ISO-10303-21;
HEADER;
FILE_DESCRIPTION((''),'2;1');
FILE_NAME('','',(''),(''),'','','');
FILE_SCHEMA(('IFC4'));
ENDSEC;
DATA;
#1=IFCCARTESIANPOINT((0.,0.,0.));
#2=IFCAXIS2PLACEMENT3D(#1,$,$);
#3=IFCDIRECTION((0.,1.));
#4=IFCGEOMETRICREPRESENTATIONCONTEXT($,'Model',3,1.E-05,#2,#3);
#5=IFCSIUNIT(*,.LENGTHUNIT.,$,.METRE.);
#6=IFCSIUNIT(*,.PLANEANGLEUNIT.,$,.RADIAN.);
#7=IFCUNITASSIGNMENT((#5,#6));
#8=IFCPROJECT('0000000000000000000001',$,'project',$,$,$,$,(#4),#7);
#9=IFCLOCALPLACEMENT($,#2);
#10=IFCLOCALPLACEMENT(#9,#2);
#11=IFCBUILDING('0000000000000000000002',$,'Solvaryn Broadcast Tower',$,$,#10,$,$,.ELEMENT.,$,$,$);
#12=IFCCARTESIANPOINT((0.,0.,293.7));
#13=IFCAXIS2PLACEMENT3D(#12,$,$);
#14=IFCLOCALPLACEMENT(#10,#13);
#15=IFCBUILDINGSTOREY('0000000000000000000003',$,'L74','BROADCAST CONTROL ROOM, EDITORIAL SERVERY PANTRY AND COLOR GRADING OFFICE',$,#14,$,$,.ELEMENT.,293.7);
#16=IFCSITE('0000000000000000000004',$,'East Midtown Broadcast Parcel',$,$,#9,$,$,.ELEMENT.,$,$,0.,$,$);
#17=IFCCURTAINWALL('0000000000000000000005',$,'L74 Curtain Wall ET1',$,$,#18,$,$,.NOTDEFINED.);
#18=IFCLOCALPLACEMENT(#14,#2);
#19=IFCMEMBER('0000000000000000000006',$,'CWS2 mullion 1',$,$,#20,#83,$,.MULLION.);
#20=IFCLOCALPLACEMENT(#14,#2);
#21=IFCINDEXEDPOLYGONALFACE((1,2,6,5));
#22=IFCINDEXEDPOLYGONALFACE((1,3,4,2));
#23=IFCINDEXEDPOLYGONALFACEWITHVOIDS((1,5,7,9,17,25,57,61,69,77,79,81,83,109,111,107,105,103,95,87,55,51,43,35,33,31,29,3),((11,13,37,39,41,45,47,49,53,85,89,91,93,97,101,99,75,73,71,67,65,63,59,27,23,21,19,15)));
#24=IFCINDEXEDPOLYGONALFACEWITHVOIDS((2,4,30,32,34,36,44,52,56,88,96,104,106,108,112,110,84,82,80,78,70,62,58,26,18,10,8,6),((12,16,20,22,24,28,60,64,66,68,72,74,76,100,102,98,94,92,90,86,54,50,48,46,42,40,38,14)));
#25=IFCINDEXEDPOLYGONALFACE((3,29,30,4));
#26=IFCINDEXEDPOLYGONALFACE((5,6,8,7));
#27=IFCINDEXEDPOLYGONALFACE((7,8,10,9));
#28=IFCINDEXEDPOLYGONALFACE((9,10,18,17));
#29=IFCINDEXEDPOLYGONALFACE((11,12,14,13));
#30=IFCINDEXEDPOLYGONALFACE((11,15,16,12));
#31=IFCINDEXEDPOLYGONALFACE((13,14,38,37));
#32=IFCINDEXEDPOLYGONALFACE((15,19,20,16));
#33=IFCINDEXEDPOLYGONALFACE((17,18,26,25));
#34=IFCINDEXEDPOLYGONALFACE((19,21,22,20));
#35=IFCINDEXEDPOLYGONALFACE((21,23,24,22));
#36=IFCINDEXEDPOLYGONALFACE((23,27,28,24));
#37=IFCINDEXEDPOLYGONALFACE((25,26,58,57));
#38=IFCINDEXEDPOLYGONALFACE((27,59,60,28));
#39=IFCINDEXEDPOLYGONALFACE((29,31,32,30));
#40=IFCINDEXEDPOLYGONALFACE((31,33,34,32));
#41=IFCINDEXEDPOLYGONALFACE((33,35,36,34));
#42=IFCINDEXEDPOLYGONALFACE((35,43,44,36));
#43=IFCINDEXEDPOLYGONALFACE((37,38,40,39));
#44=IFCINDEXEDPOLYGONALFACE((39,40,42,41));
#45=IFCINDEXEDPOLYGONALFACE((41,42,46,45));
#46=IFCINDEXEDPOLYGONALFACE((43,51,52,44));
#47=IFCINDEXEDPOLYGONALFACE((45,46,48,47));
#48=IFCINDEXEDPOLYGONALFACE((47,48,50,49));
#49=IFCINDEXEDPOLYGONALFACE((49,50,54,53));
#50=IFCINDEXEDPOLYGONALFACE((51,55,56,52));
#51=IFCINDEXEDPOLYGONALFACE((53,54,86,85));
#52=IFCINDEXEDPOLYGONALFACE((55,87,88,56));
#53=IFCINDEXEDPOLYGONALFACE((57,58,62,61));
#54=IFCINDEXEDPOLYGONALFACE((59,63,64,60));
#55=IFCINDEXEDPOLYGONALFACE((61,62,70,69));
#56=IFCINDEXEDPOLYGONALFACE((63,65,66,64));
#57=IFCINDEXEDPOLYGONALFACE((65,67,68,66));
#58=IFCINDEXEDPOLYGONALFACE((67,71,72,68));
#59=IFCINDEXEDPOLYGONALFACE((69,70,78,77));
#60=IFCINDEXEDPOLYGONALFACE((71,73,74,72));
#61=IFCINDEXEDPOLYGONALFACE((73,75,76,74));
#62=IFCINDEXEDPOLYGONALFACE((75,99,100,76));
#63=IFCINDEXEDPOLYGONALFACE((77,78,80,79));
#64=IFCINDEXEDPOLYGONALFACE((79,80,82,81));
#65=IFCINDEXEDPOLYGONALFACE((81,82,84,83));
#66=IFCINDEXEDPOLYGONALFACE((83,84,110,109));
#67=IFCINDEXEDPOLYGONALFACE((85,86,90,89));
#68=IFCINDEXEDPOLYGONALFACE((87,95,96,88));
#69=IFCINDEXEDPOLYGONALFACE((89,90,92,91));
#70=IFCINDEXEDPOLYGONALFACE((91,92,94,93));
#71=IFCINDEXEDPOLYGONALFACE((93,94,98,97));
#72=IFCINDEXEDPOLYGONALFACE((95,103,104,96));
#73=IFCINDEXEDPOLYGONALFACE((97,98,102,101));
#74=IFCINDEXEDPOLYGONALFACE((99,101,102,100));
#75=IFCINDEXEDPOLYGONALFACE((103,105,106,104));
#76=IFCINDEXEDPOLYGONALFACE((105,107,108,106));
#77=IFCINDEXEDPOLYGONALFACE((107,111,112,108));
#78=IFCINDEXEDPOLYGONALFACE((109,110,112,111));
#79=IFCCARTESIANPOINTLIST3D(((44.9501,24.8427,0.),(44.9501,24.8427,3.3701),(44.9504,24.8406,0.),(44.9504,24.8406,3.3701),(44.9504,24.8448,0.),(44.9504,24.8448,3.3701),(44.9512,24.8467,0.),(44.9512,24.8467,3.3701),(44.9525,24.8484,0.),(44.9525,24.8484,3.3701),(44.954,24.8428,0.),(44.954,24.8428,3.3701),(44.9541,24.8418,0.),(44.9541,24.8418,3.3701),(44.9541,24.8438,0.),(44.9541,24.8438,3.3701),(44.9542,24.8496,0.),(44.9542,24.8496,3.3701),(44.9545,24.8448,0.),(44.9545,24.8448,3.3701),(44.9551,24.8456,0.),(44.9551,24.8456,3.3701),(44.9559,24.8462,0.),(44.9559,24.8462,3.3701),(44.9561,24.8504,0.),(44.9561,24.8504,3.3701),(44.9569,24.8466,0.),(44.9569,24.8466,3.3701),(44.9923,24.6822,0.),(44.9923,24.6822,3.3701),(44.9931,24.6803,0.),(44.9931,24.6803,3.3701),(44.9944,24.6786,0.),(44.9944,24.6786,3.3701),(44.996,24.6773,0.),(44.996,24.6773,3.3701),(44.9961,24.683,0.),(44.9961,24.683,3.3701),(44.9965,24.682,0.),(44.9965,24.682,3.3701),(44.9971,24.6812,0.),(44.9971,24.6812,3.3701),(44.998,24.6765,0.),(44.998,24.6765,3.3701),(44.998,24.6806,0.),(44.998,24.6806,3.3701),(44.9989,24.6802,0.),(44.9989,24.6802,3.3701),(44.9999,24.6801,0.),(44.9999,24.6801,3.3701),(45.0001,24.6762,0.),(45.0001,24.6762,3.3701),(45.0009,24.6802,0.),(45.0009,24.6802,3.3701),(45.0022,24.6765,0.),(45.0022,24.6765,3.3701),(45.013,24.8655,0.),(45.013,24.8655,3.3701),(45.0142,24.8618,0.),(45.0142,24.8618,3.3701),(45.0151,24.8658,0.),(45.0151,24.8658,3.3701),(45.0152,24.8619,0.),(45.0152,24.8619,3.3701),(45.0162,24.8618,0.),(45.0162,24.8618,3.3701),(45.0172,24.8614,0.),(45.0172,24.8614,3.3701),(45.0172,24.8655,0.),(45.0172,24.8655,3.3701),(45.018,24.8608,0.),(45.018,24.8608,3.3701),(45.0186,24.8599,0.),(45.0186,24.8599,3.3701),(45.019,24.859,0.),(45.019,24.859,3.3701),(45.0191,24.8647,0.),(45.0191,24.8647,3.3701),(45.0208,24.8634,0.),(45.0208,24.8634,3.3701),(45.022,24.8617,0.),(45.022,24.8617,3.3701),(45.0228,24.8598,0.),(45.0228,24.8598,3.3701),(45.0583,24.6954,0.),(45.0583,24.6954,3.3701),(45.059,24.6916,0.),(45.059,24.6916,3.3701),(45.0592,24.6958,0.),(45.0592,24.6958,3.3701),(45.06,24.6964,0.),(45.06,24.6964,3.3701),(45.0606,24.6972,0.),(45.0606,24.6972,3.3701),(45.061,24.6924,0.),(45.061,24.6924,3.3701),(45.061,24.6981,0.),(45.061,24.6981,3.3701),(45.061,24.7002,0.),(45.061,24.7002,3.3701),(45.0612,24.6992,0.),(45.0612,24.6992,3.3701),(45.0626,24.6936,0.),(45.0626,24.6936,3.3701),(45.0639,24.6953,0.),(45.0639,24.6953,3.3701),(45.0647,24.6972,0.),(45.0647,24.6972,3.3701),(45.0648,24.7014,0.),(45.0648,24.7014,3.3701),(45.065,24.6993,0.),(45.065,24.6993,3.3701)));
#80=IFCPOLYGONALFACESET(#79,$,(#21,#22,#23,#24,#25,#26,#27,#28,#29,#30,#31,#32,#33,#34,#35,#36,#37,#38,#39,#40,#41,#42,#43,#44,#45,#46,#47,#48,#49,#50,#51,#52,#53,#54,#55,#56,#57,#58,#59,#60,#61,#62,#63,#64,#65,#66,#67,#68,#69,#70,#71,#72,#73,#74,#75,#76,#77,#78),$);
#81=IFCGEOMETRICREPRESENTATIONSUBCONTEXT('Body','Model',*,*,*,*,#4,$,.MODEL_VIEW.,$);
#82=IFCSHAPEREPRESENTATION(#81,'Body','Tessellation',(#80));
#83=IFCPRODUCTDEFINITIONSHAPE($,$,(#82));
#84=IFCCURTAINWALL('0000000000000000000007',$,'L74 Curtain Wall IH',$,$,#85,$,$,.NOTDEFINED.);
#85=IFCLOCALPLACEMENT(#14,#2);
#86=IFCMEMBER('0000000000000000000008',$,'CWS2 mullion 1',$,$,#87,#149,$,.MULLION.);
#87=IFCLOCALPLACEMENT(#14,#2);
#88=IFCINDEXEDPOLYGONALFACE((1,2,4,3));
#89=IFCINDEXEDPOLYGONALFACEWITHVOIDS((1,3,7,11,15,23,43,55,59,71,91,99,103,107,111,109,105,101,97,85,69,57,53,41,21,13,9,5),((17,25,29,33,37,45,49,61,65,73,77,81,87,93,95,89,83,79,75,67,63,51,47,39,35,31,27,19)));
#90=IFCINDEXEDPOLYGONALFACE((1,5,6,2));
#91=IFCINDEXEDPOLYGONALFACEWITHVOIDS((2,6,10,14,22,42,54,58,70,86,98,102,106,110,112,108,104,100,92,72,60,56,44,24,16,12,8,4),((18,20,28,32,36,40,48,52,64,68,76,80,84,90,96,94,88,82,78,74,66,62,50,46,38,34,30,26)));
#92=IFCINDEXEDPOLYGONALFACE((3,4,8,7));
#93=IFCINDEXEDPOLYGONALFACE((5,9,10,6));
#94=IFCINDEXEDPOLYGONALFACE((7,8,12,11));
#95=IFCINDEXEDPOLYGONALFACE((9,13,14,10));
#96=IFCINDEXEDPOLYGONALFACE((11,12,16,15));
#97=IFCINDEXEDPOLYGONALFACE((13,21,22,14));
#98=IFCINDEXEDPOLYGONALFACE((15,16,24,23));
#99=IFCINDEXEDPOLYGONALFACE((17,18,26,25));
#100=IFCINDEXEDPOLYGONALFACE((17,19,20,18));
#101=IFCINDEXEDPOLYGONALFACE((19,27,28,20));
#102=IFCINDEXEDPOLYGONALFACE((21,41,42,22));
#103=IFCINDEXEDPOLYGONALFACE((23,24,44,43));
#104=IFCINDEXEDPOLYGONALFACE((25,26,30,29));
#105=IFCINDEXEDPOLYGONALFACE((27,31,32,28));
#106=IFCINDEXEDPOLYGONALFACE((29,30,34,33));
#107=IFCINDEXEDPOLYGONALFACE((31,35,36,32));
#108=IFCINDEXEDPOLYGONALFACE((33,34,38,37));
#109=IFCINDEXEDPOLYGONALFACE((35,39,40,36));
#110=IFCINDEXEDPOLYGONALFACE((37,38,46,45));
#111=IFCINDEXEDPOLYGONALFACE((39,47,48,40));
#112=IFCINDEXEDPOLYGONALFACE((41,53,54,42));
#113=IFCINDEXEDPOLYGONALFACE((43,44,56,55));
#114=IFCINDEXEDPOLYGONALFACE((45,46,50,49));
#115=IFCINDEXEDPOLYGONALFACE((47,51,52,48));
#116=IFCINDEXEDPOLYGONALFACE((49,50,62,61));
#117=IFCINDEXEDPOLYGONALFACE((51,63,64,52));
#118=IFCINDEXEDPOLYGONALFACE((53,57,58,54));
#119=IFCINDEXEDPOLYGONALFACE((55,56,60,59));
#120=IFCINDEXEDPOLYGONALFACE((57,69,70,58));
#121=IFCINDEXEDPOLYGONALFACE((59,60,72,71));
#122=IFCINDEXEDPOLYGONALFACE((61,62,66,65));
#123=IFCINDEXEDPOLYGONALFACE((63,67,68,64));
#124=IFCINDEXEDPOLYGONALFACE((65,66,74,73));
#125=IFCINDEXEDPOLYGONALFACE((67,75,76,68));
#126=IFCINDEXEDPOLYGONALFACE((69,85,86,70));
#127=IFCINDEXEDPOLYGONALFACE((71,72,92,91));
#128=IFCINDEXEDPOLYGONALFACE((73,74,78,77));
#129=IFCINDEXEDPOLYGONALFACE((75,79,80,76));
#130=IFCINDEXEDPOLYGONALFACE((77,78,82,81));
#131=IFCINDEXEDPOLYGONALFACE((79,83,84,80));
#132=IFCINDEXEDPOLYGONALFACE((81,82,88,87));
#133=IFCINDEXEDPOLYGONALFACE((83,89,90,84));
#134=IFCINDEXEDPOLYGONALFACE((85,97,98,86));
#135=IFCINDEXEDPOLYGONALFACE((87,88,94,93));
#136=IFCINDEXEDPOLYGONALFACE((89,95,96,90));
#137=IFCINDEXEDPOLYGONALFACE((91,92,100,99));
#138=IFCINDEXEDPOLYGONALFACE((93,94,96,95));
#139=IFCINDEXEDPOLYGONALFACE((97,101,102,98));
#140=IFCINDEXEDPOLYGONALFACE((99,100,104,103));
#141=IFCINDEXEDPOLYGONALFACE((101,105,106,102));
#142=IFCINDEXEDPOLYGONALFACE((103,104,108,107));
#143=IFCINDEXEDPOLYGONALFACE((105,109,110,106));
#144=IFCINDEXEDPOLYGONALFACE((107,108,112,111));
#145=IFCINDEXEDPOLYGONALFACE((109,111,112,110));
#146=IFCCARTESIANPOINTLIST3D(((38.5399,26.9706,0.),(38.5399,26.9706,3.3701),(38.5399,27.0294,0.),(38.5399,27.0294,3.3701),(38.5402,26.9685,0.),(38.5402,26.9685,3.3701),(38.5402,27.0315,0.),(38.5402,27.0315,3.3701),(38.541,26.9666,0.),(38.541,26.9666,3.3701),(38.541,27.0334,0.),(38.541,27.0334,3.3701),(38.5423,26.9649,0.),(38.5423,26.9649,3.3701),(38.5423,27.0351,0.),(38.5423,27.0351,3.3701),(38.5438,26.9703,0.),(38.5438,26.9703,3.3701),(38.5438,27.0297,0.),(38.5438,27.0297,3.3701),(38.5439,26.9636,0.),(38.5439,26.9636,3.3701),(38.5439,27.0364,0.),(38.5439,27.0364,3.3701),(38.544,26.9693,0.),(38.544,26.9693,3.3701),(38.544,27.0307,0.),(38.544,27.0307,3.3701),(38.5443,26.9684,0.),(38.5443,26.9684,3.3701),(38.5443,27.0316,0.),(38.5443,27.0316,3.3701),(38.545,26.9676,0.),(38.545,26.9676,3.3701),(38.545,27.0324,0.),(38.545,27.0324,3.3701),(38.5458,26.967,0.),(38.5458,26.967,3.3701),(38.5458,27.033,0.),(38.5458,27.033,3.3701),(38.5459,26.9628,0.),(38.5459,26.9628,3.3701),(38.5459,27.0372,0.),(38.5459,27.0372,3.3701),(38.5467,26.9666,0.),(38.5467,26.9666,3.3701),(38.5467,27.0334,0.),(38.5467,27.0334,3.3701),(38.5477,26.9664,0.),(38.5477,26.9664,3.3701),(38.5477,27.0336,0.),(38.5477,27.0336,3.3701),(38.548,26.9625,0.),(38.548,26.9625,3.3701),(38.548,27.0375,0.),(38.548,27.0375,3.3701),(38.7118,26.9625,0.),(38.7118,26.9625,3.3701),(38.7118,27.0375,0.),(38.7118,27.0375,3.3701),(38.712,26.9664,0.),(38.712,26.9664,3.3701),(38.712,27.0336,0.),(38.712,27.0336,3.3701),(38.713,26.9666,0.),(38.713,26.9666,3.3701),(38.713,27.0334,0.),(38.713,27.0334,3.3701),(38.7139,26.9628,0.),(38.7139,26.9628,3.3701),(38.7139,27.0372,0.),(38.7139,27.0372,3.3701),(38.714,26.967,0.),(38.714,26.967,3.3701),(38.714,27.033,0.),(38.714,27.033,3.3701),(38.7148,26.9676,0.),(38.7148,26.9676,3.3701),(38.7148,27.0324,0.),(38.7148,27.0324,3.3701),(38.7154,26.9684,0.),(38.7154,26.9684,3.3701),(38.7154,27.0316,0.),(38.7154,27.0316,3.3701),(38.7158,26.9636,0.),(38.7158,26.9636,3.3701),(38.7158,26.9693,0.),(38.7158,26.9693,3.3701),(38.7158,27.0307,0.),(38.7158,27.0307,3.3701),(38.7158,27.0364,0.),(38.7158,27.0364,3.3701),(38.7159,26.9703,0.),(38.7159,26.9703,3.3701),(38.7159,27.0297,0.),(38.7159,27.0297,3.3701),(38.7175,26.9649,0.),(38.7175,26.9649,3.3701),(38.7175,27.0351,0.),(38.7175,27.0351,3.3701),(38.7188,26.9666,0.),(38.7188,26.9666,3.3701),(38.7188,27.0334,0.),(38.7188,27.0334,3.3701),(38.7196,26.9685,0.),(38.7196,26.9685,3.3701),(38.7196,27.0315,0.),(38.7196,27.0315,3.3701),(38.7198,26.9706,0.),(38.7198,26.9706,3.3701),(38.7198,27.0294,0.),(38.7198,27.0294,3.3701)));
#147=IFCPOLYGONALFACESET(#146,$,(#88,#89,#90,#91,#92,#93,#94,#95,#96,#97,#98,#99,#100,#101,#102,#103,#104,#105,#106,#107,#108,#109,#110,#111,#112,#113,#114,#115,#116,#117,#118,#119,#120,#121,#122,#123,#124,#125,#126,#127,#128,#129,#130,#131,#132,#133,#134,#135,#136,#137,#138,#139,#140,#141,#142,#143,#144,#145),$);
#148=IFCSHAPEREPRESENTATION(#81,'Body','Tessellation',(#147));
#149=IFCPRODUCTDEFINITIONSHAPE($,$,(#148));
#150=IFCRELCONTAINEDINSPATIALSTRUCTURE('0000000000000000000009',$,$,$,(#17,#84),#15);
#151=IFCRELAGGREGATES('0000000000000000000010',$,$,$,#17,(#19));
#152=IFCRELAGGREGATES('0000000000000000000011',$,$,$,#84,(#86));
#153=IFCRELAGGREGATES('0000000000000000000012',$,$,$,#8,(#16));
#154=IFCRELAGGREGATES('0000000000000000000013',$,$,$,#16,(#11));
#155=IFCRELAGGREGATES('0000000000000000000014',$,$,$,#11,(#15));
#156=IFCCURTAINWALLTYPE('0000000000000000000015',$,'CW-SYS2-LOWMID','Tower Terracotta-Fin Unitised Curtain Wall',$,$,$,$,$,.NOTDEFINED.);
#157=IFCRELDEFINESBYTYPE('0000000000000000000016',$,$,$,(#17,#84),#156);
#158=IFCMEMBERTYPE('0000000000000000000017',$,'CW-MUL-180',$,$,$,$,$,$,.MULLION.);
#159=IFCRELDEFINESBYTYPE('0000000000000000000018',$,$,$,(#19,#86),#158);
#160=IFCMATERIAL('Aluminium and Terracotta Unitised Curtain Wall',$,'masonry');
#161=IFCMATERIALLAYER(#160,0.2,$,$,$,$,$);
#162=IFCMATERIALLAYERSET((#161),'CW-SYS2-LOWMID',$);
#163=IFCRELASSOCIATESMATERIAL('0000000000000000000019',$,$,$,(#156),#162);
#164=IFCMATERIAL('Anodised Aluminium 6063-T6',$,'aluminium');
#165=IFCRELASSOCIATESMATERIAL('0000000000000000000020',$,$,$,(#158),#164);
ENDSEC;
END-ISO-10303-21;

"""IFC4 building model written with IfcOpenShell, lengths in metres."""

from ifc_helpers import new_model, si_unit, direction, frame, origin, origin_2d, place, context, subcontext, project, spatial, hollow_rectangle, extrude, material, layer, layer_set, material_profile, profile_set, type_object, element, aggregate, save


model = new_model("IFC4")

# Units and contexts
model_context = context("Model", 3, precision=1e-05, world=origin(), true_north=direction((0.0, 1.0)))
body_context = subcontext(model_context, "Body", "Model", "MODEL_VIEW")
ifc_project = project(units=[si_unit("LENGTHUNIT", "METRE"), si_unit("PLANEANGLEUNIT", "RADIAN")], contexts=[model_context])

# Site, building, storey
site_placement = place(None, origin())
site = spatial("IfcSite", under=ifc_project, at=site_placement, Name="East Midtown Broadcast Parcel", CompositionType="ELEMENT", RefElevation=0.0)
building_placement = place(site_placement, origin())
building = spatial("IfcBuilding", under=site, at=building_placement, Name="Solvaryn Broadcast Tower", CompositionType="ELEMENT")
storey_placement = place(building_placement, frame((0.0, 0.0, 293.7)))
storey = spatial("IfcBuildingStorey", under=building, at=storey_placement, Name="L74", Description="BROADCAST CONTROL ROOM, EDITORIAL SERVERY PANTRY AND COLOR GRADING OFFICE", CompositionType="ELEMENT", Elevation=293.7)

# Curtain wall, member
ifc_material_1 = material(Name="Aluminium and Terracotta Unitised Curtain Wall", Category="masonry")
ifc_layer_1 = layer(ifc_material_1, 0.2)
ifc_layer_set_1 = layer_set([ifc_layer_1], Name="CW-SYS2-LOWMID")
curtain_wall_type = type_object("IfcCurtainWallType", Name="CW-SYS2-LOWMID", Description="Tower Terracotta-Fin Unitised Curtain Wall", PredefinedType="NOTDEFINED", material=ifc_layer_set_1)
curtain_wall_1_placement = place(storey_placement, origin())
curtain_wall_1 = element("IfcCurtainWall", 1, at=curtain_wall_1_placement, inside=storey, type_object=curtain_wall_type, Name="L74 Curtain Wall ET1", PredefinedType="NOTDEFINED")
ifc_material_2 = material(Name="Anodised Aluminium 6063-T6", Category="aluminium")
ifc_material_profile_1 = material_profile(ifc_material_2, hollow_rectangle(XDim=0.075, YDim=0.1799, WallThickness=0.0039, InnerFilletRadius=0.0039, OuterFilletRadius=0.0081, at=origin_2d()))
ifc_profile_set_1 = profile_set([ifc_material_profile_1], Name="Anodised Aluminium 6063-T6")
member_type_1 = type_object("IfcMemberType", Name="CW-MUL-180", PredefinedType="MULLION", material=ifc_profile_set_1)
member_1_placement = place(storey_placement, frame((45.0076, 24.771, 0.0), z_axis=(0.0, 0.0, 1.0), x_axis=(0.966705, 0.255893, 0.0)))
member_1 = element("IfcMember", 2, at=member_1_placement, type_object=member_type_1, Name="CWS2 mullion 1", PredefinedType="MULLION", context=body_context, shape_type="SweptSolid", body=[
    extrude(hollow_rectangle(XDim=0.075, YDim=0.1799, WallThickness=0.0039, InnerFilletRadius=0.0039, OuterFilletRadius=0.0081, at=origin_2d()), origin(), (0.0, 0.0, 1.0), 3.3701),
])

# Curtain wall, member
curtain_wall_2_placement = place(storey_placement, origin())
curtain_wall_2 = element("IfcCurtainWall", 3, at=curtain_wall_2_placement, inside=storey, type_object=curtain_wall_type, Name="L74 Curtain Wall IH", PredefinedType="NOTDEFINED")
member_2_placement = place(storey_placement, frame((38.6299, 27.0, 0.0), z_axis=(0.0, 0.0, 1.0), x_axis=(0.0, 1.0, 0.0)))
member_2 = element("IfcMember", 4, at=member_2_placement, type_object=member_type_1, Name="CWS2 mullion 1", PredefinedType="MULLION", context=body_context, shape_type="SweptSolid", body=[
    extrude(hollow_rectangle(XDim=0.075, YDim=0.1799, WallThickness=0.0039, InnerFilletRadius=0.0039, OuterFilletRadius=0.0081, at=origin_2d()), origin(), (0.0, 0.0, 1.0), 3.3701),
])

aggregate(curtain_wall_1, [member_1])

aggregate(curtain_wall_2, [member_2])

save(model, "model.ifc")
